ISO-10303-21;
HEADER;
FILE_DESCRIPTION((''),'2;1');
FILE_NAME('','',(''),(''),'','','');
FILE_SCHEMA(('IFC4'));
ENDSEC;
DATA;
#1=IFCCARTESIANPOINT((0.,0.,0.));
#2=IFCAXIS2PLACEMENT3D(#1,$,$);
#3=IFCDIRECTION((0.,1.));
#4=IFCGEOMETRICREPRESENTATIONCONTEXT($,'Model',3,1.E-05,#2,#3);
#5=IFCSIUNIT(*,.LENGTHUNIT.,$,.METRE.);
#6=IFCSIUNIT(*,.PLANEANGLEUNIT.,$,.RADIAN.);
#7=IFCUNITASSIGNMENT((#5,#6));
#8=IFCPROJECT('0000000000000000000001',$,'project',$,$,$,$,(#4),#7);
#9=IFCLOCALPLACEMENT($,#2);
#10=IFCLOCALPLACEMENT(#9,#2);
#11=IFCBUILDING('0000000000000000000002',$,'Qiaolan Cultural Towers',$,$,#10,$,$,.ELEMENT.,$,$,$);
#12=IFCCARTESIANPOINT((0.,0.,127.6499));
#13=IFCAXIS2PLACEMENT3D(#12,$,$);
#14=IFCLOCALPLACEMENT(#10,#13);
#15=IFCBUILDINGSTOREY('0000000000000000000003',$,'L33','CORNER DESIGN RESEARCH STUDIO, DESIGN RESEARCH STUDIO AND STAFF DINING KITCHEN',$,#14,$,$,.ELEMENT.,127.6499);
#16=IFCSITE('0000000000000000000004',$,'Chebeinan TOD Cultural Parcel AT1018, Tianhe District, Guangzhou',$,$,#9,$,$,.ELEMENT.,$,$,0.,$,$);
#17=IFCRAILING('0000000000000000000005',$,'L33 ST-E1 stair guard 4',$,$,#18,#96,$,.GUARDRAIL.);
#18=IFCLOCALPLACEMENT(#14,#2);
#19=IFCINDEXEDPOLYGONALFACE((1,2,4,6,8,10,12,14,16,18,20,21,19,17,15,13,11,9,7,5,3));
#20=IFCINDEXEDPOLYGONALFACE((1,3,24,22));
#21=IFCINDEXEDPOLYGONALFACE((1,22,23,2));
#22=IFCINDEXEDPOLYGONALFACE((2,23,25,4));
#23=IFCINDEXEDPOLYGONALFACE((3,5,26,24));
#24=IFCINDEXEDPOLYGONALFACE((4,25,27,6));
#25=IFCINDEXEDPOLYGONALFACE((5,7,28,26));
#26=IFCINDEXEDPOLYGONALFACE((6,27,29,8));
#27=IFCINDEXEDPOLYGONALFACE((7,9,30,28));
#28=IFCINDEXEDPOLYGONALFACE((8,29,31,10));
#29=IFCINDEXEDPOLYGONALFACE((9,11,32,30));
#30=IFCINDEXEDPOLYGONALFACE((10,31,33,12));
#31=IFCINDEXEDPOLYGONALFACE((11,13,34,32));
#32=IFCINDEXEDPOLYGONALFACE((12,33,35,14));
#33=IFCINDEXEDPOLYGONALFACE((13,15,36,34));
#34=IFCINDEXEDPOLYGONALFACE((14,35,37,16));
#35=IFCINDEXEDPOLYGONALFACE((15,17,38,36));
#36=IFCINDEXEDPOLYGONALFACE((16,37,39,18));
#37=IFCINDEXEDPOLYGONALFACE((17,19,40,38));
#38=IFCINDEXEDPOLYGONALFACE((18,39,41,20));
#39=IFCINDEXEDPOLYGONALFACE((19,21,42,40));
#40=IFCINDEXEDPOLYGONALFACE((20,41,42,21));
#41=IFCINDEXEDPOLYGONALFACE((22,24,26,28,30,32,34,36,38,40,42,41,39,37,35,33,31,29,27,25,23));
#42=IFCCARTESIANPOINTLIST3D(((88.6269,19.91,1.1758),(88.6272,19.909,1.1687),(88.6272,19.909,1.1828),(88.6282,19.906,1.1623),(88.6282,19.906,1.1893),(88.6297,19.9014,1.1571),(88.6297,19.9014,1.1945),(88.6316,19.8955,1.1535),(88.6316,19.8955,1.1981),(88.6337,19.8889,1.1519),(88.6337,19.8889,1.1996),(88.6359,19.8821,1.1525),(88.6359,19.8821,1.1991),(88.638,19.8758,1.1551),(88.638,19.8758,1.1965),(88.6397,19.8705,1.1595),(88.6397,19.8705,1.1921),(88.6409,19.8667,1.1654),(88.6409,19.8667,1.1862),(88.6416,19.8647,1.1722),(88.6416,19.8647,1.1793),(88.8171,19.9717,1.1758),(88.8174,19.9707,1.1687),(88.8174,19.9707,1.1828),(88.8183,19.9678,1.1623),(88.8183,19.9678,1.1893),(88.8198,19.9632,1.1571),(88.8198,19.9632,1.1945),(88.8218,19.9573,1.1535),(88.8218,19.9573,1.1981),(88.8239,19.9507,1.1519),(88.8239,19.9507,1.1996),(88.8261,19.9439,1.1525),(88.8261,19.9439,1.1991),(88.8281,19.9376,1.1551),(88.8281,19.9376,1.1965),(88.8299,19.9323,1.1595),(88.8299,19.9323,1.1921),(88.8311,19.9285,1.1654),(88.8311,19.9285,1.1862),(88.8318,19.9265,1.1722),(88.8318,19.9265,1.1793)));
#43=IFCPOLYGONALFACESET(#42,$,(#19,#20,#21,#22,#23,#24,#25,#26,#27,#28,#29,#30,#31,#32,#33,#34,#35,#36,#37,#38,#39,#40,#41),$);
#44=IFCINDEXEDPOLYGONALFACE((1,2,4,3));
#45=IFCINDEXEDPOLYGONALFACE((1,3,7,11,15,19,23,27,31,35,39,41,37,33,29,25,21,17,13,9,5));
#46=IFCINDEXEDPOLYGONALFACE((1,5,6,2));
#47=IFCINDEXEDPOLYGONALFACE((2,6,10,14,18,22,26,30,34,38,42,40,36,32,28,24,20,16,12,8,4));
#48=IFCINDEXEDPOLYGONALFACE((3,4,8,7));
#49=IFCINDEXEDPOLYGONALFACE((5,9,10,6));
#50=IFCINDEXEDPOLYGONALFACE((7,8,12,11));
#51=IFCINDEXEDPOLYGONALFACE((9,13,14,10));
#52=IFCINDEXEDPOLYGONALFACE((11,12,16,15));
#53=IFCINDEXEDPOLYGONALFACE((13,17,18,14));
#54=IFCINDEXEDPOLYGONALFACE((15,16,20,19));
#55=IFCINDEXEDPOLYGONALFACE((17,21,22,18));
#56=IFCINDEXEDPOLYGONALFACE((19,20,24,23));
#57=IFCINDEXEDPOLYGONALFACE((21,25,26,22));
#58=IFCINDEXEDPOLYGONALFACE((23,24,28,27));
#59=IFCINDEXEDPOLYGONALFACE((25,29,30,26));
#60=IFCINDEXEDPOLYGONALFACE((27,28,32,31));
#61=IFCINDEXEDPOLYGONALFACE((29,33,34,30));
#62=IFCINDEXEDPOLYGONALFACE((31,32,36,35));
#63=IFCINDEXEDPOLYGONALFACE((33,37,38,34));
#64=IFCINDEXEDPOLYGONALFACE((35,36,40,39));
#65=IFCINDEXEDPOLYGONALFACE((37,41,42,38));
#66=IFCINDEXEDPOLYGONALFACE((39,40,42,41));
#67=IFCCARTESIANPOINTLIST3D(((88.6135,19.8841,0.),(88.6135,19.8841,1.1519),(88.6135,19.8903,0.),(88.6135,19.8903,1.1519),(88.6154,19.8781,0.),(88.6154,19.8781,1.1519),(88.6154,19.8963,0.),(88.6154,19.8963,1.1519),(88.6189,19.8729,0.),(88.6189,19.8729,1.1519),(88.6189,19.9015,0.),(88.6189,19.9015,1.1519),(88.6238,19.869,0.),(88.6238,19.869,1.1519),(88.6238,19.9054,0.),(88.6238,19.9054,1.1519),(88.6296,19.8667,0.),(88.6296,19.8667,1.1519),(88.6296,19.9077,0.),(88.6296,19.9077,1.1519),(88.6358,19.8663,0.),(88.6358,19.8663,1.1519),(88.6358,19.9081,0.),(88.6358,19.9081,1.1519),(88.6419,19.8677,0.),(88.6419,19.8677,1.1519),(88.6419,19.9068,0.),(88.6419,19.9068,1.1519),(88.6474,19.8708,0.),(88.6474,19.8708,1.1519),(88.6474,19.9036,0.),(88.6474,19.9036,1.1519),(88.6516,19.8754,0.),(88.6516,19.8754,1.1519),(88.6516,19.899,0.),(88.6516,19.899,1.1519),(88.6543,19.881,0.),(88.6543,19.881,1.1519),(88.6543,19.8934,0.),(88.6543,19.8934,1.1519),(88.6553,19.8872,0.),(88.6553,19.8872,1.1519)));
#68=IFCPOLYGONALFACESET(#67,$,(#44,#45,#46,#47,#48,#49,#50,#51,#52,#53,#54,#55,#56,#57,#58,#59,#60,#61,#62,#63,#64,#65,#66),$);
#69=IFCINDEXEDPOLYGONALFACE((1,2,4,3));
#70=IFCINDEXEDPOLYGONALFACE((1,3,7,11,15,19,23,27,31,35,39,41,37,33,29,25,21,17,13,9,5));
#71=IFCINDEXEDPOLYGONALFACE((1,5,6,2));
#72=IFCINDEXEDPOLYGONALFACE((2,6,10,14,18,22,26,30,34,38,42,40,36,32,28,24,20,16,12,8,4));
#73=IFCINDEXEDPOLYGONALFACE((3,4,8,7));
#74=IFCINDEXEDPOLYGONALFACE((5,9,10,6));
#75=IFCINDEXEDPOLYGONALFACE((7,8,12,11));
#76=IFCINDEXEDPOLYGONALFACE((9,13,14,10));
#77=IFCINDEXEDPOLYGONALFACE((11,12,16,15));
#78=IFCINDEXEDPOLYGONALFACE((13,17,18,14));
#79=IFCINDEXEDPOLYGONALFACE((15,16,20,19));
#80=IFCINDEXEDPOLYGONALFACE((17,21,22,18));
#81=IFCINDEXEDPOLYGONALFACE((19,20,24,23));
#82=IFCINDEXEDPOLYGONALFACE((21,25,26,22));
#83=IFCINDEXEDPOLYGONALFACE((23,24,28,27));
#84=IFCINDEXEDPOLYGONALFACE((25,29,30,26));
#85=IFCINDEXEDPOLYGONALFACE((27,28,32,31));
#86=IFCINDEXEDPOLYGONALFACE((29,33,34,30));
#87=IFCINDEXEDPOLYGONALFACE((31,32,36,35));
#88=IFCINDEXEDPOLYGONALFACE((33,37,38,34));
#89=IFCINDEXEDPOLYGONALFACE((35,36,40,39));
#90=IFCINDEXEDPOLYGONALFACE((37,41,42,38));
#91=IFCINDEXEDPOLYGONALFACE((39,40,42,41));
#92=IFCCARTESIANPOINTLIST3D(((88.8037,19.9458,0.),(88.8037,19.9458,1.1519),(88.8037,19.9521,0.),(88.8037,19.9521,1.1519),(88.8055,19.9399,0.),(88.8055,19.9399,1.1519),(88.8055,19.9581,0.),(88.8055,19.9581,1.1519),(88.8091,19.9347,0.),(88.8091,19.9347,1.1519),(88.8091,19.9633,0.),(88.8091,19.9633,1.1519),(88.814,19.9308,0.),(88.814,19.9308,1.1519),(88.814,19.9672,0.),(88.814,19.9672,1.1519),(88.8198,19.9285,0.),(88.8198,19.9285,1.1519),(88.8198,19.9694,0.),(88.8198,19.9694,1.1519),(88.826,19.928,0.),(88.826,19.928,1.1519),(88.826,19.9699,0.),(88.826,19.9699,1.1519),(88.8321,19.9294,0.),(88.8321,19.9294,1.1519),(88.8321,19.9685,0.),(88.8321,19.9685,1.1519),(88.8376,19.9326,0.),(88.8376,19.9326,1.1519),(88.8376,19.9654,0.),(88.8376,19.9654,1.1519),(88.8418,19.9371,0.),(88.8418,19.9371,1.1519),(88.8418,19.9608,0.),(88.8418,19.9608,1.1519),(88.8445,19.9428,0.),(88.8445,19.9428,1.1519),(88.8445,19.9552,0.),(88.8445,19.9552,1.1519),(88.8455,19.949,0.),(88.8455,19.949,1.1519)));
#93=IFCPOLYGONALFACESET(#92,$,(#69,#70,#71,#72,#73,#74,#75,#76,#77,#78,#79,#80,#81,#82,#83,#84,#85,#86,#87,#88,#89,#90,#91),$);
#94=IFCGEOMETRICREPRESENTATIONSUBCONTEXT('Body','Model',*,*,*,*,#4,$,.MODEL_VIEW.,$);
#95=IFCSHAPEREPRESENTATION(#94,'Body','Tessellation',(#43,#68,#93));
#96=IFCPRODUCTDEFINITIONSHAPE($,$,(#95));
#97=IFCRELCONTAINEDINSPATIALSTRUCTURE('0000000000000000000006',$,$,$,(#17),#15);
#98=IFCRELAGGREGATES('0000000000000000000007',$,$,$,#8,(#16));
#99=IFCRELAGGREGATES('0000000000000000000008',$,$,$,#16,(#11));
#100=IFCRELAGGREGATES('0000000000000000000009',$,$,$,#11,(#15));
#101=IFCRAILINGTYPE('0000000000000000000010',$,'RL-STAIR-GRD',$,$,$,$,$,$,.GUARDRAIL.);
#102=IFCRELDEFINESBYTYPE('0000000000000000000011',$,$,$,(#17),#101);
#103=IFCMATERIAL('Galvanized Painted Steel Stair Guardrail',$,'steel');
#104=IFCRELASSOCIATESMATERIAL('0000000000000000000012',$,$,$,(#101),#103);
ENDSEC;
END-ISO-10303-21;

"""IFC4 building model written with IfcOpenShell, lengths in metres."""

from ifc_helpers import new_model, si_unit, direction, frame, origin, origin_2d, place, context, subcontext, project, spatial, circle, extrude, material, type_object, element, save


model = new_model("IFC4")

# Units and contexts
model_context = context("Model", 3, precision=1e-05, world=origin(), true_north=direction((0.0, 1.0)))
body_context = subcontext(model_context, "Body", "Model", "MODEL_VIEW")
ifc_project = project(units=[si_unit("LENGTHUNIT", "METRE"), si_unit("PLANEANGLEUNIT", "RADIAN")], contexts=[model_context])

# Site, building, storey
site_placement = place(None, origin())
site = spatial("IfcSite", under=ifc_project, at=site_placement, Name="Chebeinan TOD Cultural Parcel AT1018, Tianhe District, Guangzhou", CompositionType="ELEMENT", RefElevation=0.0)
building_placement = place(site_placement, origin())
building = spatial("IfcBuilding", under=site, at=building_placement, Name="Qiaolan Cultural Towers", CompositionType="ELEMENT")
storey_placement = place(building_placement, frame((0.0, 0.0, 127.6499)))
storey = spatial("IfcBuildingStorey", under=building, at=storey_placement, Name="L33", Description="CORNER DESIGN RESEARCH STUDIO, DESIGN RESEARCH STUDIO AND STAFF DINING KITCHEN", CompositionType="ELEMENT", Elevation=127.6499)

# Railing
ifc_material_1 = material(Name="Galvanized Painted Steel Stair Guardrail", Category="steel")
railing_type_1 = type_object("IfcRailingType", Name="RL-STAIR-GRD", PredefinedType="GUARDRAIL", material=ifc_material_1)
railing_1_placement = place(storey_placement, frame((88.6343, 19.8872, 0.0)))
element("IfcRailing", 1, at=railing_1_placement, inside=storey, type_object=railing_type_1, Name="L33 ST-E1 stair guard 4", PredefinedType="GUARDRAIL", context=body_context, shape_type="SweptSolid", body=[
    extrude(circle(Radius=0.0239, at=origin_2d()), frame((0.0, 0.0, 1.1758), z_axis=(0.951097, 0.308893, 0.0), x_axis=(-0.308893, 0.951097, 0.0)), (0.0, 0.0, 1.0), 0.2),
    extrude(circle(Radius=0.021, at=origin_2d()), origin(), (0.0, 0.0, 1.0), 1.1519),
    extrude(circle(Radius=0.021, at=origin_2d()), frame((0.1902, 0.0618, 0.0)), (0.0, 0.0, 1.0), 1.1519),
])

save(model, "model.ifc")
